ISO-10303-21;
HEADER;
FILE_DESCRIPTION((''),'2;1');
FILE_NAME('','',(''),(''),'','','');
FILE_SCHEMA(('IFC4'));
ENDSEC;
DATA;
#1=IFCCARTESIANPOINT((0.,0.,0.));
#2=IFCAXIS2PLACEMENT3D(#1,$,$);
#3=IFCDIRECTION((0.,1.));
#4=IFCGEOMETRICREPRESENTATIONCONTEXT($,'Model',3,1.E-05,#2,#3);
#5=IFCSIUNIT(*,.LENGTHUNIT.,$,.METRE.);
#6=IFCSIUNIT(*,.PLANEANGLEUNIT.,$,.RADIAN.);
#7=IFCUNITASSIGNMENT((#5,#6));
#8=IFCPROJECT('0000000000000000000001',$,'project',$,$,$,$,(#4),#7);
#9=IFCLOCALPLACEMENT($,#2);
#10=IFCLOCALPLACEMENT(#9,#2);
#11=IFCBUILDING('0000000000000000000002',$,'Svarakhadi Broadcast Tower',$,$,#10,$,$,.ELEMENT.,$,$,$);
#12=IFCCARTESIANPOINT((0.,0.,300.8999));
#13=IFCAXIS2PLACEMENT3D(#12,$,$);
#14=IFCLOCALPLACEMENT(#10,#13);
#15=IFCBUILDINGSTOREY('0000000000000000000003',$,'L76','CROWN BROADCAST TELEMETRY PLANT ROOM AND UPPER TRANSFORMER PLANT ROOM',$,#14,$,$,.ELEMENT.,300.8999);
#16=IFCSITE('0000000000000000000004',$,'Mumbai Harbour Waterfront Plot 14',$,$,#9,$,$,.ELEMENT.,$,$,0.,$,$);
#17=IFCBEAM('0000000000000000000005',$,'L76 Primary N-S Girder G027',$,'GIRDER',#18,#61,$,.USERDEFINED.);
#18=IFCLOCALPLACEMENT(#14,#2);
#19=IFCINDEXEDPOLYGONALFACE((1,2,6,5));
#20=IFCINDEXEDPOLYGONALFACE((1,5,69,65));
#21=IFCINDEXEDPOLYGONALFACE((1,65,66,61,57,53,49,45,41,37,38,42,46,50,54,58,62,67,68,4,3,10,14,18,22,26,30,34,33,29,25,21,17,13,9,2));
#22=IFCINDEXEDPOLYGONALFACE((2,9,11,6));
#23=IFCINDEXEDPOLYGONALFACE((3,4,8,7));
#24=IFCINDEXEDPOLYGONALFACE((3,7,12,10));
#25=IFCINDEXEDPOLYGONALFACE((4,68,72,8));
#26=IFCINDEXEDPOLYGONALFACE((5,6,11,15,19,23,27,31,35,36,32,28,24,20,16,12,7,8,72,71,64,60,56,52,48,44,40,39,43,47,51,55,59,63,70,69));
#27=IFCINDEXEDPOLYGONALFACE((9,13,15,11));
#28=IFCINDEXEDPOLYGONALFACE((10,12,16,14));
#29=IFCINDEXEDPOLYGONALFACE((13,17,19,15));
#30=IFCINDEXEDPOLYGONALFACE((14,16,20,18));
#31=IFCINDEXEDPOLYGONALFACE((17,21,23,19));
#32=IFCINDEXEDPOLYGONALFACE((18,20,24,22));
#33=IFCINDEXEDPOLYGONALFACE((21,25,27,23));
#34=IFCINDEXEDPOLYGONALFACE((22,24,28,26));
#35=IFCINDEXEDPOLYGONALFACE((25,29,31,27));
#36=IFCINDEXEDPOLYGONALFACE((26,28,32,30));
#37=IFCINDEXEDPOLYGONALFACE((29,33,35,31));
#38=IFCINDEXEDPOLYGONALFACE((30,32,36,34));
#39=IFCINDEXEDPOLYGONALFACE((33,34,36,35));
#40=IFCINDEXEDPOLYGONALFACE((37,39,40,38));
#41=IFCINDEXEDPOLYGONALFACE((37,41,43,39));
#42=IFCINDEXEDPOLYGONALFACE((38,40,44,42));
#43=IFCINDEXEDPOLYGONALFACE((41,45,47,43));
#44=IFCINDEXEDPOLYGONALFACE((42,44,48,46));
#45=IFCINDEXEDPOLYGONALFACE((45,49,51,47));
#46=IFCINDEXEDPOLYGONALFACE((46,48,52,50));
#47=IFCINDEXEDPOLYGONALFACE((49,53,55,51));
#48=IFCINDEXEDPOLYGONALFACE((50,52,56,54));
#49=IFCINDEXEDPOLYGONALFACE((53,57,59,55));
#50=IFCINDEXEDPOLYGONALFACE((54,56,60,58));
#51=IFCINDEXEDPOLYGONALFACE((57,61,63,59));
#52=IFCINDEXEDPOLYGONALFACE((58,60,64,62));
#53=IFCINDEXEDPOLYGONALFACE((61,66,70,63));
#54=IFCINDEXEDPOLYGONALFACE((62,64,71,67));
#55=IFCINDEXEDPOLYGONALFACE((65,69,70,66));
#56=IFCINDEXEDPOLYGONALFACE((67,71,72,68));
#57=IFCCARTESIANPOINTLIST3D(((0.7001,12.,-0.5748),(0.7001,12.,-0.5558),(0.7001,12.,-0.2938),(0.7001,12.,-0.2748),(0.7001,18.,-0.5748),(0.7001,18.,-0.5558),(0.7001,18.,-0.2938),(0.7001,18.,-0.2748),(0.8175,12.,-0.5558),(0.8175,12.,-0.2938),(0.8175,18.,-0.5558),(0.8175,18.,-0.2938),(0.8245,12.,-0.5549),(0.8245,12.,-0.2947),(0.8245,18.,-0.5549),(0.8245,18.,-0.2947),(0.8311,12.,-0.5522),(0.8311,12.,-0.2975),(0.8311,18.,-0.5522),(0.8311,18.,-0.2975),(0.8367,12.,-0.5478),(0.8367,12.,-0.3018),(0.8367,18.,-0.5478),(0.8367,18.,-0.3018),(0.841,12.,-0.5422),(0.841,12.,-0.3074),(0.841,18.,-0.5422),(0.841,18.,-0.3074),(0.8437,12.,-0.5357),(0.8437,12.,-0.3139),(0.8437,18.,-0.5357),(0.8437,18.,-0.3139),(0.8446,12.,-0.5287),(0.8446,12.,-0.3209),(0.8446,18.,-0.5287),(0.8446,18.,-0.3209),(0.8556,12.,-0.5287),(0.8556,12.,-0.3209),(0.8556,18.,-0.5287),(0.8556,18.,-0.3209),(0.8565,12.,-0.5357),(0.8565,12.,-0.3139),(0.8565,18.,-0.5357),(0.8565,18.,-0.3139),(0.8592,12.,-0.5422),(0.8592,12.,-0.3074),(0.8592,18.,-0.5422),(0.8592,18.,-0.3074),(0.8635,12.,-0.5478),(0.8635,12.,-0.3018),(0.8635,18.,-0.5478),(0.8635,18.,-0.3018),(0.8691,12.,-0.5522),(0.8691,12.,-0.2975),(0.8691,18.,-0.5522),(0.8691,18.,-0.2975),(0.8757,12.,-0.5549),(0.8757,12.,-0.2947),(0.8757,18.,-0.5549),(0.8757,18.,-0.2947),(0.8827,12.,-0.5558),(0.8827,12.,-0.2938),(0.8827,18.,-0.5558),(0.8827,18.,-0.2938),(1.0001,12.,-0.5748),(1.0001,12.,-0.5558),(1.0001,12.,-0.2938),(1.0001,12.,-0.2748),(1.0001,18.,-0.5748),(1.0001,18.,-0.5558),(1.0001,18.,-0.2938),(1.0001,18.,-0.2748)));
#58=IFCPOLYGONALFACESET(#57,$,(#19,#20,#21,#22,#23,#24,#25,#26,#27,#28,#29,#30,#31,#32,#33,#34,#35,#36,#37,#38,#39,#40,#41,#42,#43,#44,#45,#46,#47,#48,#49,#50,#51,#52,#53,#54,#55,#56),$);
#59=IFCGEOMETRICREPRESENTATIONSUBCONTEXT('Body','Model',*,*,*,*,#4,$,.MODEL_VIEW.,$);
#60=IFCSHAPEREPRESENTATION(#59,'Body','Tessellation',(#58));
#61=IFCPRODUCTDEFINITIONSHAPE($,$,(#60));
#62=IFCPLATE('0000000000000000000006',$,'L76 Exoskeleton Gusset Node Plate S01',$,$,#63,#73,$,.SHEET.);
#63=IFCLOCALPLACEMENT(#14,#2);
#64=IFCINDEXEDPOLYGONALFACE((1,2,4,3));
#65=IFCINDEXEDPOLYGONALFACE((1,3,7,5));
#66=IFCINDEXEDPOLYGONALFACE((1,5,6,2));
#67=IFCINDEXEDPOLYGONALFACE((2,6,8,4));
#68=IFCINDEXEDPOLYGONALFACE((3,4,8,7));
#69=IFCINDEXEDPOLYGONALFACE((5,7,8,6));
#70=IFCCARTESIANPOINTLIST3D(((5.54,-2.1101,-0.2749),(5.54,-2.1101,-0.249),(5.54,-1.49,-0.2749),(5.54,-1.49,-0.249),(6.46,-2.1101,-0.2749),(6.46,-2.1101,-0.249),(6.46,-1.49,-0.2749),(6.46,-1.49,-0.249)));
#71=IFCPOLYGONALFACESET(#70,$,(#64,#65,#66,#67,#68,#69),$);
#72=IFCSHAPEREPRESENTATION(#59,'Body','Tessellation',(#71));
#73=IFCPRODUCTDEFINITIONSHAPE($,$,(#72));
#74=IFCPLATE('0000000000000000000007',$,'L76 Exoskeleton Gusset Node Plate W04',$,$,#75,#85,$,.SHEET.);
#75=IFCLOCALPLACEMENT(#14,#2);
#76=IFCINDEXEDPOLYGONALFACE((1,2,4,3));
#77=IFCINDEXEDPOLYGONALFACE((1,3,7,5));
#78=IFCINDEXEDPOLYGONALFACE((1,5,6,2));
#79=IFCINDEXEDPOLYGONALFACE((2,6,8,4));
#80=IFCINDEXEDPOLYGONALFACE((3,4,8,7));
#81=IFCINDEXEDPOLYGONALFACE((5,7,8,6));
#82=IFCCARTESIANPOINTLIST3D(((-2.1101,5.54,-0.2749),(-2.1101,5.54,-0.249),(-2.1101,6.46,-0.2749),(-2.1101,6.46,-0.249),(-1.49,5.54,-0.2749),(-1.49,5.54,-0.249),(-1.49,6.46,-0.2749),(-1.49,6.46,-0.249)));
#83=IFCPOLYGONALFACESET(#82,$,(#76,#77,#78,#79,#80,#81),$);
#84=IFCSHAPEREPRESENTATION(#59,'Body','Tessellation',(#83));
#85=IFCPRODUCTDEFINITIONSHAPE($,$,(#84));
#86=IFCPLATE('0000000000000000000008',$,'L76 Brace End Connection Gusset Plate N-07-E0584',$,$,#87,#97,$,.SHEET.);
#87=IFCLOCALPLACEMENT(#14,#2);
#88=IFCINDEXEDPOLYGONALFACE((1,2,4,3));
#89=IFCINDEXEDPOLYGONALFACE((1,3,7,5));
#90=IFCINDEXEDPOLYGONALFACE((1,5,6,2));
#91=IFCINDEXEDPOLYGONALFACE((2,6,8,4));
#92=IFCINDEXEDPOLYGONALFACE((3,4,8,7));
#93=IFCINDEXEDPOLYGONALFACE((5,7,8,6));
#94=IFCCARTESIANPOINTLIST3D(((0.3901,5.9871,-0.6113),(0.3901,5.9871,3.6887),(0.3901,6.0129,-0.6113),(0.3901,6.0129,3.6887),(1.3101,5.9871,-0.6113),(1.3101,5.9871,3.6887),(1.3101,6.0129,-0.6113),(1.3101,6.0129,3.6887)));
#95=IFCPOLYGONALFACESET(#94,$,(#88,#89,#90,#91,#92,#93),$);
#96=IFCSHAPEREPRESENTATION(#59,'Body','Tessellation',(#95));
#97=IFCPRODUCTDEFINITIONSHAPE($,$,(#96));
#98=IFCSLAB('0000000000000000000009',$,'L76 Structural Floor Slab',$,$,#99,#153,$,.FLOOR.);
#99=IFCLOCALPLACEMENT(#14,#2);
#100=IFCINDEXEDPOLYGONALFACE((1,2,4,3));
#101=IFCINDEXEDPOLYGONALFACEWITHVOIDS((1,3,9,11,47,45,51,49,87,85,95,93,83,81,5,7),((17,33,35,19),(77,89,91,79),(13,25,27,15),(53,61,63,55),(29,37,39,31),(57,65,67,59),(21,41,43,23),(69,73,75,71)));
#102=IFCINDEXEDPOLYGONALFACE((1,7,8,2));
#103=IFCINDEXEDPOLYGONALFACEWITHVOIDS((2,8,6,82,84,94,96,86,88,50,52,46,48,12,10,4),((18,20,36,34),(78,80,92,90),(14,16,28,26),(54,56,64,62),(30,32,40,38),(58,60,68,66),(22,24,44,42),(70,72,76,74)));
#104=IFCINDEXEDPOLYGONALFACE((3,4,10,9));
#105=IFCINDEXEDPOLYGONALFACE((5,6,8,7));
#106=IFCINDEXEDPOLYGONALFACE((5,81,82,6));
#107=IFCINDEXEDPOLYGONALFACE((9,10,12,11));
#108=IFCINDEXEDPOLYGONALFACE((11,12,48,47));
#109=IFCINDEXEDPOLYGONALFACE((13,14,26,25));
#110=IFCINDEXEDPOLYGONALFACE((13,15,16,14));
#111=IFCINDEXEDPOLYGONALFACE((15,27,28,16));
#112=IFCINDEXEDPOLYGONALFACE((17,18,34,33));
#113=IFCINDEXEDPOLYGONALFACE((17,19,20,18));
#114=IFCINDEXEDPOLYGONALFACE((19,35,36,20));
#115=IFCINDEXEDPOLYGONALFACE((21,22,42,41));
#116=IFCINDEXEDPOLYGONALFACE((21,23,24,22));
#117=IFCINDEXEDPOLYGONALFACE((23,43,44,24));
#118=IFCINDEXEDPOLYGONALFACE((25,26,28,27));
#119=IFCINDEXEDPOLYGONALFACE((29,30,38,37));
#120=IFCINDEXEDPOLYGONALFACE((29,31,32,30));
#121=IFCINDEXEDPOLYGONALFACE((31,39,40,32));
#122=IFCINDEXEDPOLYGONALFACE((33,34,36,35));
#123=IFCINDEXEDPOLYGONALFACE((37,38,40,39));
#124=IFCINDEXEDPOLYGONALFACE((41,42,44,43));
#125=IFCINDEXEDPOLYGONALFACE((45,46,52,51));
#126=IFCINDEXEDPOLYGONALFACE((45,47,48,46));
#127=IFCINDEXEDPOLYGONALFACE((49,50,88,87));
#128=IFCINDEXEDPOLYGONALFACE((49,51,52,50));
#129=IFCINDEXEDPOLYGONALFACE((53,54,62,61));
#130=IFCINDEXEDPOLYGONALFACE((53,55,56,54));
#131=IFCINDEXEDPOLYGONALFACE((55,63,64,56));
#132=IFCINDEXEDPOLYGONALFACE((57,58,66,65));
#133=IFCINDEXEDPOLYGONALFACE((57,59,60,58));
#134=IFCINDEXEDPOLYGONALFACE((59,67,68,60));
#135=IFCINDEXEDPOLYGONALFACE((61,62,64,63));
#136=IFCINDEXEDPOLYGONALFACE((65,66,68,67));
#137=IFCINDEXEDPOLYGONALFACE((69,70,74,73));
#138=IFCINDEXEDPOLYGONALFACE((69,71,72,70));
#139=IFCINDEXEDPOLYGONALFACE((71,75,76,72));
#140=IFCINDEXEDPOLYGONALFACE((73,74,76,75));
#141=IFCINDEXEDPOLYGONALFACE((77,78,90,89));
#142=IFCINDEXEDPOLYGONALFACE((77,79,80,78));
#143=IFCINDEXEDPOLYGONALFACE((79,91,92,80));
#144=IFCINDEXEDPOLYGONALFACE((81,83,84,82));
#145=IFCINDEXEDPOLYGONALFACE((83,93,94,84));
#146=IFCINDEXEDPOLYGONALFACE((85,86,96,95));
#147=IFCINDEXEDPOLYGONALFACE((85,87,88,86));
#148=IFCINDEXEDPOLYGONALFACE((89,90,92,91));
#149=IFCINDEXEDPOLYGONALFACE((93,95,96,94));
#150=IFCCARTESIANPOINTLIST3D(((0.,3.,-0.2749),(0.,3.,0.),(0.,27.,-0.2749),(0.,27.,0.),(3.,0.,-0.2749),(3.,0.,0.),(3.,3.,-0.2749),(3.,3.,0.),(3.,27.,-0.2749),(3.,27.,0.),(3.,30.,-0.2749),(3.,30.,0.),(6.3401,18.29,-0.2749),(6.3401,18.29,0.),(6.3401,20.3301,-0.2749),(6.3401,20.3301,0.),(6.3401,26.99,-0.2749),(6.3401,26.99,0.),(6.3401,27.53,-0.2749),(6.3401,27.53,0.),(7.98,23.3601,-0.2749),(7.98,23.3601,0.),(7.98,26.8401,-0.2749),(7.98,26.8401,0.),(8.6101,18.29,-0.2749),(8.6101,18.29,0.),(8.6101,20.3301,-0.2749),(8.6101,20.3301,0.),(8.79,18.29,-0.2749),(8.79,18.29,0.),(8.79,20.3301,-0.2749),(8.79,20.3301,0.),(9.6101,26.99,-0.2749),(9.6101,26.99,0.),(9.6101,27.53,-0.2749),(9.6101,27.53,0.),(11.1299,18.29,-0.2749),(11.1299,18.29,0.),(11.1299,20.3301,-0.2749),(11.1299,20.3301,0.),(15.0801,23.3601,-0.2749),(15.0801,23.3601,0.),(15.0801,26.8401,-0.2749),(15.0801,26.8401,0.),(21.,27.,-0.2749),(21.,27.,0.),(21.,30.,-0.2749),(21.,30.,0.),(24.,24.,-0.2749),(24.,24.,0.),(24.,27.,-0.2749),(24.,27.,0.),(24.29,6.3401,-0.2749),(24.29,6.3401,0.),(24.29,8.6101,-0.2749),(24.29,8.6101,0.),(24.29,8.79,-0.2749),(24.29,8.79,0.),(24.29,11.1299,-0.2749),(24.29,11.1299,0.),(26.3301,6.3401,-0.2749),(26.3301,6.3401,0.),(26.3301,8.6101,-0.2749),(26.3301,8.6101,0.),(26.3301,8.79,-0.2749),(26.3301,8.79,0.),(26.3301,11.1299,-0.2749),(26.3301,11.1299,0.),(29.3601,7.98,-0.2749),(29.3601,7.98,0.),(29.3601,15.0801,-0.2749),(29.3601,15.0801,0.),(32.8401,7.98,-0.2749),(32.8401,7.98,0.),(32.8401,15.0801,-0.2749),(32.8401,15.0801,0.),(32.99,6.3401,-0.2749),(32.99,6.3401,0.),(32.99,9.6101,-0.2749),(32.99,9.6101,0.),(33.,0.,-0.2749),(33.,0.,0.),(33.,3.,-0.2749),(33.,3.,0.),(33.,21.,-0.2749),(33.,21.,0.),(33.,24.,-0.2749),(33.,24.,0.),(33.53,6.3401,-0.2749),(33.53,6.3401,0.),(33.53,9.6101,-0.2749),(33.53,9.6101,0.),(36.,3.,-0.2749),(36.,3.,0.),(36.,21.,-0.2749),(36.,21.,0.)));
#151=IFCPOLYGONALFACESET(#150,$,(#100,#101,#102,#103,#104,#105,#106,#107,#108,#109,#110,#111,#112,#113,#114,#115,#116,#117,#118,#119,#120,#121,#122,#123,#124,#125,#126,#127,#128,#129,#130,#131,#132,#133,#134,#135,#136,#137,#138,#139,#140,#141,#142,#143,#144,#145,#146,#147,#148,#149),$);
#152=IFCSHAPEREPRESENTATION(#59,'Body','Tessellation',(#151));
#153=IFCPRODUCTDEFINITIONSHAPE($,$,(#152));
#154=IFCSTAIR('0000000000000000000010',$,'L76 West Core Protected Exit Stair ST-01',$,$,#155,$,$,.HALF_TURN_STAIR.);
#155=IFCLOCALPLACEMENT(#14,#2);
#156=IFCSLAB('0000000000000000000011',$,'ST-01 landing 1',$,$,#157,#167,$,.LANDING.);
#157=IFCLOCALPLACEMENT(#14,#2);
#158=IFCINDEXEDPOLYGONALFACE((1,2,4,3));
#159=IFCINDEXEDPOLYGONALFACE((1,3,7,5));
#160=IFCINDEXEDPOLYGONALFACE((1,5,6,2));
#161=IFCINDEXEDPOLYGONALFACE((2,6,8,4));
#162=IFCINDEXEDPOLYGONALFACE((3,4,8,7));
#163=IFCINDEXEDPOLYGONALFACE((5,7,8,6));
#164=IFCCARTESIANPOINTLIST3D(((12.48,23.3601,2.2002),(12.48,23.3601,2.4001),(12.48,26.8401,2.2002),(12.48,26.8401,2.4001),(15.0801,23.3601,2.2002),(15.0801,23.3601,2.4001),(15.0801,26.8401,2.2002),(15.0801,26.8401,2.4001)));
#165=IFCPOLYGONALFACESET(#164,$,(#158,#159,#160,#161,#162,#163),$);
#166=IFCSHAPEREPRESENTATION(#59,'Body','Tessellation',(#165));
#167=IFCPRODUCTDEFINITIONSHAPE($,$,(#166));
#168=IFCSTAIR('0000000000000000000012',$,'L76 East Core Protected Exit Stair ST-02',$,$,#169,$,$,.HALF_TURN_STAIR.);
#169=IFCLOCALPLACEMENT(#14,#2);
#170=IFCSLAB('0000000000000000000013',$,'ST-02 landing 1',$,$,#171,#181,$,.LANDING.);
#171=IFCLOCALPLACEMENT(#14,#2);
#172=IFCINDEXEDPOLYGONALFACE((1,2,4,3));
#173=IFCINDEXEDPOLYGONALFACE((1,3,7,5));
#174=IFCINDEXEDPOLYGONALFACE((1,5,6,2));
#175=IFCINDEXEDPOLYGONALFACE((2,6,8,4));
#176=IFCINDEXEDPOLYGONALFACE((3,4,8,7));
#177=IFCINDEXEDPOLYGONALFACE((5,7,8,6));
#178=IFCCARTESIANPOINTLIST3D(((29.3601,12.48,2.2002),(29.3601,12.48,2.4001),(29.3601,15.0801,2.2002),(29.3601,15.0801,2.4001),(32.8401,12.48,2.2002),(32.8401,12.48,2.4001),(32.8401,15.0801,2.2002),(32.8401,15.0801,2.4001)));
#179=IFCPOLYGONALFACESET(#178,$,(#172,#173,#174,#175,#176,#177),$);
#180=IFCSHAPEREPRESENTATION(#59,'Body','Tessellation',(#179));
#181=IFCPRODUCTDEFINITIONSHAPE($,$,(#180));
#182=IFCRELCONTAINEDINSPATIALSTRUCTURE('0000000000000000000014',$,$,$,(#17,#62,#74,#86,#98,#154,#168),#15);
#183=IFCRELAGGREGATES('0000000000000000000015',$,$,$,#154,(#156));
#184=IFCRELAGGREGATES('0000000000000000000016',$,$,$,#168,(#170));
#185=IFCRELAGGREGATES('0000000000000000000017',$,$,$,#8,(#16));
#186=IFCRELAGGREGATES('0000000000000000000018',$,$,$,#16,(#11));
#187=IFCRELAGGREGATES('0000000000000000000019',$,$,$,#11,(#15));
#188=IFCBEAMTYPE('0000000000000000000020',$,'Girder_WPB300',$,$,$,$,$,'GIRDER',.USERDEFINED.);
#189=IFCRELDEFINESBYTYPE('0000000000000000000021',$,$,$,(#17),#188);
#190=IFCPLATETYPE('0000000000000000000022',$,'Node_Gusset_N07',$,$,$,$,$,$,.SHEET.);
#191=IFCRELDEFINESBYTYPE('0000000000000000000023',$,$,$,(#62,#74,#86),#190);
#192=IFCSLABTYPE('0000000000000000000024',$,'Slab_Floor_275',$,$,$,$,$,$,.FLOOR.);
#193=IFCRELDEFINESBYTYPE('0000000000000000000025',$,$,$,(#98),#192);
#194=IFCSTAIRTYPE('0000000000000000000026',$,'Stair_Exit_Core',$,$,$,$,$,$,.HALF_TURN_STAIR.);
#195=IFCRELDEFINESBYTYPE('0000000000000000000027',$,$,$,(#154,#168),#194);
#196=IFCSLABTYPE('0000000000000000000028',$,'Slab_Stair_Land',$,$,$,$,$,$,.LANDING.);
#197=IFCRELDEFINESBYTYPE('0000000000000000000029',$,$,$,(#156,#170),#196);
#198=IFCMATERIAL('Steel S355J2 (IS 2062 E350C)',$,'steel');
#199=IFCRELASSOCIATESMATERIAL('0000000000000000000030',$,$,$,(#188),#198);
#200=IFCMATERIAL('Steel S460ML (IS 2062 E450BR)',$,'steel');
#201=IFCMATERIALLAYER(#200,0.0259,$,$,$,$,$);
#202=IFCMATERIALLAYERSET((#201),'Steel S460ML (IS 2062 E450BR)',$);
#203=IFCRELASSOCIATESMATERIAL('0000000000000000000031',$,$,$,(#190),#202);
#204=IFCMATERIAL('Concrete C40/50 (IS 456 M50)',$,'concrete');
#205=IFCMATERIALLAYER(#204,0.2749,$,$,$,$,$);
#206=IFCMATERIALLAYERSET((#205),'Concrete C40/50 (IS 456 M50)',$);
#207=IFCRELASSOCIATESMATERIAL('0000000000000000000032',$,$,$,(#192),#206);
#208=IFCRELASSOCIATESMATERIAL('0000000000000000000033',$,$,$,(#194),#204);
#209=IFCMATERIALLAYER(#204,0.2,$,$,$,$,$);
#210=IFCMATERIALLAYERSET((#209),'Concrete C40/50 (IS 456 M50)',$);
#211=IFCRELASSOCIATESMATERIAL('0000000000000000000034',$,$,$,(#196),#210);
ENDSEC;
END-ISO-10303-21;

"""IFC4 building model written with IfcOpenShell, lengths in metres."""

from ifc_helpers import new_model, si_unit, direction, frame, origin, origin_2d, place, context, subcontext, project, spatial, polyline, rectangle, i_section, outline, extrude, material, layer, layer_set, material_profile, profile_set, type_object, element, aggregate, save


model = new_model("IFC4")

# Units and contexts
model_context = context("Model", 3, precision=1e-05, world=origin(), true_north=direction((0.0, 1.0)))
body_context = subcontext(model_context, "Body", "Model", "MODEL_VIEW")
ifc_project = project(units=[si_unit("LENGTHUNIT", "METRE"), si_unit("PLANEANGLEUNIT", "RADIAN")], contexts=[model_context])

# Site, building, storey
site_placement = place(None, origin())
site = spatial("IfcSite", under=ifc_project, at=site_placement, Name="Mumbai Harbour Waterfront Plot 14", CompositionType="ELEMENT", RefElevation=0.0)
building_placement = place(site_placement, origin())
building = spatial("IfcBuilding", under=site, at=building_placement, Name="Svarakhadi Broadcast Tower", CompositionType="ELEMENT")
storey_placement = place(building_placement, frame((0.0, 0.0, 300.8999)))
storey = spatial("IfcBuildingStorey", under=building, at=storey_placement, Name="L76", Description="CROWN BROADCAST TELEMETRY PLANT ROOM AND UPPER TRANSFORMER PLANT ROOM", CompositionType="ELEMENT", Elevation=300.8999)

# Shared definitions
ifc_material_1 = material(Name="Steel S460ML (IS 2062 E450BR)", Category="steel")

# Shared definitions
ifc_material_2 = material(Name="Steel S355J2 (IS 2062 E350C)", Category="steel")

# Beam
ifc_material_profile_1 = material_profile(ifc_material_2, i_section(OverallWidth=0.3, OverallDepth=0.3, WebThickness=0.011, FlangeThickness=0.019, FilletRadius=0.0271, at=origin_2d()), Name="WPB 300x300x117")
ifc_profile_set_1 = profile_set([ifc_material_profile_1], Name="Steel S355J2 (IS 2062 E350C)")
beam_type_1 = type_object("IfcBeamType", Name="Girder_WPB300", ElementType="GIRDER", PredefinedType="USERDEFINED", material=ifc_profile_set_1)
for number, where, z_axis, x_axis, name in (
    (1, (0.8501, 12.0, -0.4248), (0.0, 1.0, 0.0), (-1.0, 0.0, 0.0), "L76 Primary N-S Girder G027"),
):
    element("IfcBeam", number, at=place(storey_placement, frame(where, z_axis=z_axis, x_axis=x_axis)), inside=storey, type_object=beam_type_1, Name=name, ObjectType="GIRDER", PredefinedType="USERDEFINED", context=body_context, shape_type="SweptSolid", body=[
        extrude(i_section(OverallWidth=0.3, OverallDepth=0.3, WebThickness=0.011, FlangeThickness=0.019, FilletRadius=0.0271, at=origin_2d()), origin(), (0.0, 0.0, 1.0), 6.0),
    ])

# Plates
ifc_layer_1 = layer(ifc_material_1, 0.0259)
ifc_layer_set_1 = layer_set([ifc_layer_1], Name="Steel S460ML (IS 2062 E450BR)")
plate_type = type_object("IfcPlateType", Name="Node_Gusset_N07", PredefinedType="SHEET", material=ifc_layer_set_1)
for number, where, z_axis, x_axis, name in (
    (2, (6.0, -1.8, -0.2749), (0.0, 0.0, 1.0), (1.0, 0.0, 0.0), "L76 Exoskeleton Gusset Node Plate S01"),
    (3, (-1.8, 6.0, -0.2749), (0.0, 0.0, 1.0), (0.0, 1.0, 0.0), "L76 Exoskeleton Gusset Node Plate W04"),
):
    element("IfcPlate", number, at=place(storey_placement, frame(where, z_axis=z_axis, x_axis=x_axis)), inside=storey, type_object=plate_type, Name=name, PredefinedType="SHEET", context=body_context, shape_type="SweptSolid", body=[
        extrude(rectangle(XDim=0.9199, YDim=0.6201, at=origin_2d()), origin(), (0.0, 0.0, 1.0), 0.0259),
    ])
plate_placement = place(storey_placement, frame((0.8501, 6.0, -0.6113), z_axis=(0.0, 0.0, 1.0), x_axis=(1.0, 0.0, 0.0)))
element("IfcPlate", 4, at=plate_placement, inside=storey, type_object=plate_type, Name="L76 Brace End Connection Gusset Plate N-07-E0584", PredefinedType="SHEET", context=body_context, shape_type="SweptSolid", body=[
    extrude(rectangle(XDim=0.9199, YDim=0.0259, at=origin_2d()), origin(), (0.0, 0.0, 1.0), 4.3),
])

# Slab
ifc_material_3 = material(Name="Concrete C40/50 (IS 456 M50)", Category="concrete")
ifc_layer_2 = layer(ifc_material_3, 0.2749)
ifc_layer_set_2 = layer_set([ifc_layer_2], Name="Concrete C40/50 (IS 456 M50)")
slab_type_1 = type_object("IfcSlabType", Name="Slab_Floor_275", PredefinedType="FLOOR", material=ifc_layer_set_2)
slab_1_placement = place(storey_placement, frame((0.0, 0.0, -0.2749)))
element("IfcSlab", 5, at=slab_1_placement, inside=storey, type_object=slab_type_1, Name="L76 Structural Floor Slab", PredefinedType="FLOOR", context=body_context, shape_type="SweptSolid", body=[
    extrude(outline(polyline([(3.0, 0.0), (33.0, 0.0), (33.0, 3.0), (36.0, 3.0), (36.0, 21.0), (33.0, 21.0), (33.0, 24.0), (24.0, 24.0), (24.0, 27.0), (21.0, 27.0), (21.0, 30.0), (3.0, 30.0), (3.0, 27.0), (0.0, 27.0), (0.0, 3.0), (3.0, 3.0), (3.0, 0.0)]), holes=[polyline([(7.98, 23.3601), (15.0801, 23.3601), (15.0801, 26.8401), (7.98, 26.8401), (7.98, 23.3601)]), polyline([(32.8401, 7.98), (32.8401, 15.0801), (29.3601, 15.0801), (29.3601, 7.98), (32.8401, 7.98)]), polyline([(6.3401, 18.29), (8.6101, 18.29), (8.6101, 20.3301), (6.3401, 20.3301), (6.3401, 18.29)]), polyline([(8.79, 18.29), (11.1299, 18.29), (11.1299, 20.3301), (8.79, 20.3301), (8.79, 18.29)]), polyline([(24.29, 6.3401), (26.3301, 6.3401), (26.3301, 8.6101), (24.29, 8.6101), (24.29, 6.3401)]), polyline([(24.29, 8.79), (26.3301, 8.79), (26.3301, 11.1299), (24.29, 11.1299), (24.29, 8.79)]), polyline([(6.3401, 26.99), (9.6101, 26.99), (9.6101, 27.53), (6.3401, 27.53), (6.3401, 26.99)]), polyline([(32.99, 6.3401), (33.53, 6.3401), (33.53, 9.6101), (32.99, 9.6101), (32.99, 6.3401)])]), origin(), (0.0, 0.0, 1.0), 0.2749),
])

# Stairs, slabs
stair_type = type_object("IfcStairType", Name="Stair_Exit_Core", PredefinedType="HALF_TURN_STAIR", material=ifc_material_3)
stair_1_placement = place(storey_placement, origin())
stair_1 = element("IfcStair", 6, at=stair_1_placement, inside=storey, type_object=stair_type, Name="L76 West Core Protected Exit Stair ST-01", PredefinedType="HALF_TURN_STAIR")
ifc_layer_3 = layer(ifc_material_3, 0.2)
ifc_layer_set_3 = layer_set([ifc_layer_3], Name="Concrete C40/50 (IS 456 M50)")
slab_type_2 = type_object("IfcSlabType", Name="Slab_Stair_Land", PredefinedType="LANDING", material=ifc_layer_set_3)
slab_2_placement = place(storey_placement, frame((0.0, 0.0, 2.2002)))
slab_2 = element("IfcSlab", 7, at=slab_2_placement, type_object=slab_type_2, Name="ST-01 landing 1", PredefinedType="LANDING", context=body_context, shape_type="SweptSolid", body=[
    extrude(outline(polyline([(12.48, 23.3601), (15.0801, 23.3601), (15.0801, 26.8401), (12.48, 26.8401), (12.48, 23.3601)])), origin(), (0.0, 0.0, 1.0), 0.2),
])
aggregate(stair_1, [slab_2])
stair_2_placement = place(storey_placement, origin())
stair_2 = element("IfcStair", 8, at=stair_2_placement, inside=storey, type_object=stair_type, Name="L76 East Core Protected Exit Stair ST-02", PredefinedType="HALF_TURN_STAIR")
slab_3_placement = place(storey_placement, frame((0.0, 0.0, 2.2002)))
slab_3 = element("IfcSlab", 9, at=slab_3_placement, type_object=slab_type_2, Name="ST-02 landing 1", PredefinedType="LANDING", context=body_context, shape_type="SweptSolid", body=[
    extrude(outline(polyline([(32.8401, 12.48), (32.8401, 15.0801), (29.3601, 15.0801), (29.3601, 12.48), (32.8401, 12.48)])), origin(), (0.0, 0.0, 1.0), 0.2),
])
aggregate(stair_2, [slab_3])

save(model, "model.ifc")
